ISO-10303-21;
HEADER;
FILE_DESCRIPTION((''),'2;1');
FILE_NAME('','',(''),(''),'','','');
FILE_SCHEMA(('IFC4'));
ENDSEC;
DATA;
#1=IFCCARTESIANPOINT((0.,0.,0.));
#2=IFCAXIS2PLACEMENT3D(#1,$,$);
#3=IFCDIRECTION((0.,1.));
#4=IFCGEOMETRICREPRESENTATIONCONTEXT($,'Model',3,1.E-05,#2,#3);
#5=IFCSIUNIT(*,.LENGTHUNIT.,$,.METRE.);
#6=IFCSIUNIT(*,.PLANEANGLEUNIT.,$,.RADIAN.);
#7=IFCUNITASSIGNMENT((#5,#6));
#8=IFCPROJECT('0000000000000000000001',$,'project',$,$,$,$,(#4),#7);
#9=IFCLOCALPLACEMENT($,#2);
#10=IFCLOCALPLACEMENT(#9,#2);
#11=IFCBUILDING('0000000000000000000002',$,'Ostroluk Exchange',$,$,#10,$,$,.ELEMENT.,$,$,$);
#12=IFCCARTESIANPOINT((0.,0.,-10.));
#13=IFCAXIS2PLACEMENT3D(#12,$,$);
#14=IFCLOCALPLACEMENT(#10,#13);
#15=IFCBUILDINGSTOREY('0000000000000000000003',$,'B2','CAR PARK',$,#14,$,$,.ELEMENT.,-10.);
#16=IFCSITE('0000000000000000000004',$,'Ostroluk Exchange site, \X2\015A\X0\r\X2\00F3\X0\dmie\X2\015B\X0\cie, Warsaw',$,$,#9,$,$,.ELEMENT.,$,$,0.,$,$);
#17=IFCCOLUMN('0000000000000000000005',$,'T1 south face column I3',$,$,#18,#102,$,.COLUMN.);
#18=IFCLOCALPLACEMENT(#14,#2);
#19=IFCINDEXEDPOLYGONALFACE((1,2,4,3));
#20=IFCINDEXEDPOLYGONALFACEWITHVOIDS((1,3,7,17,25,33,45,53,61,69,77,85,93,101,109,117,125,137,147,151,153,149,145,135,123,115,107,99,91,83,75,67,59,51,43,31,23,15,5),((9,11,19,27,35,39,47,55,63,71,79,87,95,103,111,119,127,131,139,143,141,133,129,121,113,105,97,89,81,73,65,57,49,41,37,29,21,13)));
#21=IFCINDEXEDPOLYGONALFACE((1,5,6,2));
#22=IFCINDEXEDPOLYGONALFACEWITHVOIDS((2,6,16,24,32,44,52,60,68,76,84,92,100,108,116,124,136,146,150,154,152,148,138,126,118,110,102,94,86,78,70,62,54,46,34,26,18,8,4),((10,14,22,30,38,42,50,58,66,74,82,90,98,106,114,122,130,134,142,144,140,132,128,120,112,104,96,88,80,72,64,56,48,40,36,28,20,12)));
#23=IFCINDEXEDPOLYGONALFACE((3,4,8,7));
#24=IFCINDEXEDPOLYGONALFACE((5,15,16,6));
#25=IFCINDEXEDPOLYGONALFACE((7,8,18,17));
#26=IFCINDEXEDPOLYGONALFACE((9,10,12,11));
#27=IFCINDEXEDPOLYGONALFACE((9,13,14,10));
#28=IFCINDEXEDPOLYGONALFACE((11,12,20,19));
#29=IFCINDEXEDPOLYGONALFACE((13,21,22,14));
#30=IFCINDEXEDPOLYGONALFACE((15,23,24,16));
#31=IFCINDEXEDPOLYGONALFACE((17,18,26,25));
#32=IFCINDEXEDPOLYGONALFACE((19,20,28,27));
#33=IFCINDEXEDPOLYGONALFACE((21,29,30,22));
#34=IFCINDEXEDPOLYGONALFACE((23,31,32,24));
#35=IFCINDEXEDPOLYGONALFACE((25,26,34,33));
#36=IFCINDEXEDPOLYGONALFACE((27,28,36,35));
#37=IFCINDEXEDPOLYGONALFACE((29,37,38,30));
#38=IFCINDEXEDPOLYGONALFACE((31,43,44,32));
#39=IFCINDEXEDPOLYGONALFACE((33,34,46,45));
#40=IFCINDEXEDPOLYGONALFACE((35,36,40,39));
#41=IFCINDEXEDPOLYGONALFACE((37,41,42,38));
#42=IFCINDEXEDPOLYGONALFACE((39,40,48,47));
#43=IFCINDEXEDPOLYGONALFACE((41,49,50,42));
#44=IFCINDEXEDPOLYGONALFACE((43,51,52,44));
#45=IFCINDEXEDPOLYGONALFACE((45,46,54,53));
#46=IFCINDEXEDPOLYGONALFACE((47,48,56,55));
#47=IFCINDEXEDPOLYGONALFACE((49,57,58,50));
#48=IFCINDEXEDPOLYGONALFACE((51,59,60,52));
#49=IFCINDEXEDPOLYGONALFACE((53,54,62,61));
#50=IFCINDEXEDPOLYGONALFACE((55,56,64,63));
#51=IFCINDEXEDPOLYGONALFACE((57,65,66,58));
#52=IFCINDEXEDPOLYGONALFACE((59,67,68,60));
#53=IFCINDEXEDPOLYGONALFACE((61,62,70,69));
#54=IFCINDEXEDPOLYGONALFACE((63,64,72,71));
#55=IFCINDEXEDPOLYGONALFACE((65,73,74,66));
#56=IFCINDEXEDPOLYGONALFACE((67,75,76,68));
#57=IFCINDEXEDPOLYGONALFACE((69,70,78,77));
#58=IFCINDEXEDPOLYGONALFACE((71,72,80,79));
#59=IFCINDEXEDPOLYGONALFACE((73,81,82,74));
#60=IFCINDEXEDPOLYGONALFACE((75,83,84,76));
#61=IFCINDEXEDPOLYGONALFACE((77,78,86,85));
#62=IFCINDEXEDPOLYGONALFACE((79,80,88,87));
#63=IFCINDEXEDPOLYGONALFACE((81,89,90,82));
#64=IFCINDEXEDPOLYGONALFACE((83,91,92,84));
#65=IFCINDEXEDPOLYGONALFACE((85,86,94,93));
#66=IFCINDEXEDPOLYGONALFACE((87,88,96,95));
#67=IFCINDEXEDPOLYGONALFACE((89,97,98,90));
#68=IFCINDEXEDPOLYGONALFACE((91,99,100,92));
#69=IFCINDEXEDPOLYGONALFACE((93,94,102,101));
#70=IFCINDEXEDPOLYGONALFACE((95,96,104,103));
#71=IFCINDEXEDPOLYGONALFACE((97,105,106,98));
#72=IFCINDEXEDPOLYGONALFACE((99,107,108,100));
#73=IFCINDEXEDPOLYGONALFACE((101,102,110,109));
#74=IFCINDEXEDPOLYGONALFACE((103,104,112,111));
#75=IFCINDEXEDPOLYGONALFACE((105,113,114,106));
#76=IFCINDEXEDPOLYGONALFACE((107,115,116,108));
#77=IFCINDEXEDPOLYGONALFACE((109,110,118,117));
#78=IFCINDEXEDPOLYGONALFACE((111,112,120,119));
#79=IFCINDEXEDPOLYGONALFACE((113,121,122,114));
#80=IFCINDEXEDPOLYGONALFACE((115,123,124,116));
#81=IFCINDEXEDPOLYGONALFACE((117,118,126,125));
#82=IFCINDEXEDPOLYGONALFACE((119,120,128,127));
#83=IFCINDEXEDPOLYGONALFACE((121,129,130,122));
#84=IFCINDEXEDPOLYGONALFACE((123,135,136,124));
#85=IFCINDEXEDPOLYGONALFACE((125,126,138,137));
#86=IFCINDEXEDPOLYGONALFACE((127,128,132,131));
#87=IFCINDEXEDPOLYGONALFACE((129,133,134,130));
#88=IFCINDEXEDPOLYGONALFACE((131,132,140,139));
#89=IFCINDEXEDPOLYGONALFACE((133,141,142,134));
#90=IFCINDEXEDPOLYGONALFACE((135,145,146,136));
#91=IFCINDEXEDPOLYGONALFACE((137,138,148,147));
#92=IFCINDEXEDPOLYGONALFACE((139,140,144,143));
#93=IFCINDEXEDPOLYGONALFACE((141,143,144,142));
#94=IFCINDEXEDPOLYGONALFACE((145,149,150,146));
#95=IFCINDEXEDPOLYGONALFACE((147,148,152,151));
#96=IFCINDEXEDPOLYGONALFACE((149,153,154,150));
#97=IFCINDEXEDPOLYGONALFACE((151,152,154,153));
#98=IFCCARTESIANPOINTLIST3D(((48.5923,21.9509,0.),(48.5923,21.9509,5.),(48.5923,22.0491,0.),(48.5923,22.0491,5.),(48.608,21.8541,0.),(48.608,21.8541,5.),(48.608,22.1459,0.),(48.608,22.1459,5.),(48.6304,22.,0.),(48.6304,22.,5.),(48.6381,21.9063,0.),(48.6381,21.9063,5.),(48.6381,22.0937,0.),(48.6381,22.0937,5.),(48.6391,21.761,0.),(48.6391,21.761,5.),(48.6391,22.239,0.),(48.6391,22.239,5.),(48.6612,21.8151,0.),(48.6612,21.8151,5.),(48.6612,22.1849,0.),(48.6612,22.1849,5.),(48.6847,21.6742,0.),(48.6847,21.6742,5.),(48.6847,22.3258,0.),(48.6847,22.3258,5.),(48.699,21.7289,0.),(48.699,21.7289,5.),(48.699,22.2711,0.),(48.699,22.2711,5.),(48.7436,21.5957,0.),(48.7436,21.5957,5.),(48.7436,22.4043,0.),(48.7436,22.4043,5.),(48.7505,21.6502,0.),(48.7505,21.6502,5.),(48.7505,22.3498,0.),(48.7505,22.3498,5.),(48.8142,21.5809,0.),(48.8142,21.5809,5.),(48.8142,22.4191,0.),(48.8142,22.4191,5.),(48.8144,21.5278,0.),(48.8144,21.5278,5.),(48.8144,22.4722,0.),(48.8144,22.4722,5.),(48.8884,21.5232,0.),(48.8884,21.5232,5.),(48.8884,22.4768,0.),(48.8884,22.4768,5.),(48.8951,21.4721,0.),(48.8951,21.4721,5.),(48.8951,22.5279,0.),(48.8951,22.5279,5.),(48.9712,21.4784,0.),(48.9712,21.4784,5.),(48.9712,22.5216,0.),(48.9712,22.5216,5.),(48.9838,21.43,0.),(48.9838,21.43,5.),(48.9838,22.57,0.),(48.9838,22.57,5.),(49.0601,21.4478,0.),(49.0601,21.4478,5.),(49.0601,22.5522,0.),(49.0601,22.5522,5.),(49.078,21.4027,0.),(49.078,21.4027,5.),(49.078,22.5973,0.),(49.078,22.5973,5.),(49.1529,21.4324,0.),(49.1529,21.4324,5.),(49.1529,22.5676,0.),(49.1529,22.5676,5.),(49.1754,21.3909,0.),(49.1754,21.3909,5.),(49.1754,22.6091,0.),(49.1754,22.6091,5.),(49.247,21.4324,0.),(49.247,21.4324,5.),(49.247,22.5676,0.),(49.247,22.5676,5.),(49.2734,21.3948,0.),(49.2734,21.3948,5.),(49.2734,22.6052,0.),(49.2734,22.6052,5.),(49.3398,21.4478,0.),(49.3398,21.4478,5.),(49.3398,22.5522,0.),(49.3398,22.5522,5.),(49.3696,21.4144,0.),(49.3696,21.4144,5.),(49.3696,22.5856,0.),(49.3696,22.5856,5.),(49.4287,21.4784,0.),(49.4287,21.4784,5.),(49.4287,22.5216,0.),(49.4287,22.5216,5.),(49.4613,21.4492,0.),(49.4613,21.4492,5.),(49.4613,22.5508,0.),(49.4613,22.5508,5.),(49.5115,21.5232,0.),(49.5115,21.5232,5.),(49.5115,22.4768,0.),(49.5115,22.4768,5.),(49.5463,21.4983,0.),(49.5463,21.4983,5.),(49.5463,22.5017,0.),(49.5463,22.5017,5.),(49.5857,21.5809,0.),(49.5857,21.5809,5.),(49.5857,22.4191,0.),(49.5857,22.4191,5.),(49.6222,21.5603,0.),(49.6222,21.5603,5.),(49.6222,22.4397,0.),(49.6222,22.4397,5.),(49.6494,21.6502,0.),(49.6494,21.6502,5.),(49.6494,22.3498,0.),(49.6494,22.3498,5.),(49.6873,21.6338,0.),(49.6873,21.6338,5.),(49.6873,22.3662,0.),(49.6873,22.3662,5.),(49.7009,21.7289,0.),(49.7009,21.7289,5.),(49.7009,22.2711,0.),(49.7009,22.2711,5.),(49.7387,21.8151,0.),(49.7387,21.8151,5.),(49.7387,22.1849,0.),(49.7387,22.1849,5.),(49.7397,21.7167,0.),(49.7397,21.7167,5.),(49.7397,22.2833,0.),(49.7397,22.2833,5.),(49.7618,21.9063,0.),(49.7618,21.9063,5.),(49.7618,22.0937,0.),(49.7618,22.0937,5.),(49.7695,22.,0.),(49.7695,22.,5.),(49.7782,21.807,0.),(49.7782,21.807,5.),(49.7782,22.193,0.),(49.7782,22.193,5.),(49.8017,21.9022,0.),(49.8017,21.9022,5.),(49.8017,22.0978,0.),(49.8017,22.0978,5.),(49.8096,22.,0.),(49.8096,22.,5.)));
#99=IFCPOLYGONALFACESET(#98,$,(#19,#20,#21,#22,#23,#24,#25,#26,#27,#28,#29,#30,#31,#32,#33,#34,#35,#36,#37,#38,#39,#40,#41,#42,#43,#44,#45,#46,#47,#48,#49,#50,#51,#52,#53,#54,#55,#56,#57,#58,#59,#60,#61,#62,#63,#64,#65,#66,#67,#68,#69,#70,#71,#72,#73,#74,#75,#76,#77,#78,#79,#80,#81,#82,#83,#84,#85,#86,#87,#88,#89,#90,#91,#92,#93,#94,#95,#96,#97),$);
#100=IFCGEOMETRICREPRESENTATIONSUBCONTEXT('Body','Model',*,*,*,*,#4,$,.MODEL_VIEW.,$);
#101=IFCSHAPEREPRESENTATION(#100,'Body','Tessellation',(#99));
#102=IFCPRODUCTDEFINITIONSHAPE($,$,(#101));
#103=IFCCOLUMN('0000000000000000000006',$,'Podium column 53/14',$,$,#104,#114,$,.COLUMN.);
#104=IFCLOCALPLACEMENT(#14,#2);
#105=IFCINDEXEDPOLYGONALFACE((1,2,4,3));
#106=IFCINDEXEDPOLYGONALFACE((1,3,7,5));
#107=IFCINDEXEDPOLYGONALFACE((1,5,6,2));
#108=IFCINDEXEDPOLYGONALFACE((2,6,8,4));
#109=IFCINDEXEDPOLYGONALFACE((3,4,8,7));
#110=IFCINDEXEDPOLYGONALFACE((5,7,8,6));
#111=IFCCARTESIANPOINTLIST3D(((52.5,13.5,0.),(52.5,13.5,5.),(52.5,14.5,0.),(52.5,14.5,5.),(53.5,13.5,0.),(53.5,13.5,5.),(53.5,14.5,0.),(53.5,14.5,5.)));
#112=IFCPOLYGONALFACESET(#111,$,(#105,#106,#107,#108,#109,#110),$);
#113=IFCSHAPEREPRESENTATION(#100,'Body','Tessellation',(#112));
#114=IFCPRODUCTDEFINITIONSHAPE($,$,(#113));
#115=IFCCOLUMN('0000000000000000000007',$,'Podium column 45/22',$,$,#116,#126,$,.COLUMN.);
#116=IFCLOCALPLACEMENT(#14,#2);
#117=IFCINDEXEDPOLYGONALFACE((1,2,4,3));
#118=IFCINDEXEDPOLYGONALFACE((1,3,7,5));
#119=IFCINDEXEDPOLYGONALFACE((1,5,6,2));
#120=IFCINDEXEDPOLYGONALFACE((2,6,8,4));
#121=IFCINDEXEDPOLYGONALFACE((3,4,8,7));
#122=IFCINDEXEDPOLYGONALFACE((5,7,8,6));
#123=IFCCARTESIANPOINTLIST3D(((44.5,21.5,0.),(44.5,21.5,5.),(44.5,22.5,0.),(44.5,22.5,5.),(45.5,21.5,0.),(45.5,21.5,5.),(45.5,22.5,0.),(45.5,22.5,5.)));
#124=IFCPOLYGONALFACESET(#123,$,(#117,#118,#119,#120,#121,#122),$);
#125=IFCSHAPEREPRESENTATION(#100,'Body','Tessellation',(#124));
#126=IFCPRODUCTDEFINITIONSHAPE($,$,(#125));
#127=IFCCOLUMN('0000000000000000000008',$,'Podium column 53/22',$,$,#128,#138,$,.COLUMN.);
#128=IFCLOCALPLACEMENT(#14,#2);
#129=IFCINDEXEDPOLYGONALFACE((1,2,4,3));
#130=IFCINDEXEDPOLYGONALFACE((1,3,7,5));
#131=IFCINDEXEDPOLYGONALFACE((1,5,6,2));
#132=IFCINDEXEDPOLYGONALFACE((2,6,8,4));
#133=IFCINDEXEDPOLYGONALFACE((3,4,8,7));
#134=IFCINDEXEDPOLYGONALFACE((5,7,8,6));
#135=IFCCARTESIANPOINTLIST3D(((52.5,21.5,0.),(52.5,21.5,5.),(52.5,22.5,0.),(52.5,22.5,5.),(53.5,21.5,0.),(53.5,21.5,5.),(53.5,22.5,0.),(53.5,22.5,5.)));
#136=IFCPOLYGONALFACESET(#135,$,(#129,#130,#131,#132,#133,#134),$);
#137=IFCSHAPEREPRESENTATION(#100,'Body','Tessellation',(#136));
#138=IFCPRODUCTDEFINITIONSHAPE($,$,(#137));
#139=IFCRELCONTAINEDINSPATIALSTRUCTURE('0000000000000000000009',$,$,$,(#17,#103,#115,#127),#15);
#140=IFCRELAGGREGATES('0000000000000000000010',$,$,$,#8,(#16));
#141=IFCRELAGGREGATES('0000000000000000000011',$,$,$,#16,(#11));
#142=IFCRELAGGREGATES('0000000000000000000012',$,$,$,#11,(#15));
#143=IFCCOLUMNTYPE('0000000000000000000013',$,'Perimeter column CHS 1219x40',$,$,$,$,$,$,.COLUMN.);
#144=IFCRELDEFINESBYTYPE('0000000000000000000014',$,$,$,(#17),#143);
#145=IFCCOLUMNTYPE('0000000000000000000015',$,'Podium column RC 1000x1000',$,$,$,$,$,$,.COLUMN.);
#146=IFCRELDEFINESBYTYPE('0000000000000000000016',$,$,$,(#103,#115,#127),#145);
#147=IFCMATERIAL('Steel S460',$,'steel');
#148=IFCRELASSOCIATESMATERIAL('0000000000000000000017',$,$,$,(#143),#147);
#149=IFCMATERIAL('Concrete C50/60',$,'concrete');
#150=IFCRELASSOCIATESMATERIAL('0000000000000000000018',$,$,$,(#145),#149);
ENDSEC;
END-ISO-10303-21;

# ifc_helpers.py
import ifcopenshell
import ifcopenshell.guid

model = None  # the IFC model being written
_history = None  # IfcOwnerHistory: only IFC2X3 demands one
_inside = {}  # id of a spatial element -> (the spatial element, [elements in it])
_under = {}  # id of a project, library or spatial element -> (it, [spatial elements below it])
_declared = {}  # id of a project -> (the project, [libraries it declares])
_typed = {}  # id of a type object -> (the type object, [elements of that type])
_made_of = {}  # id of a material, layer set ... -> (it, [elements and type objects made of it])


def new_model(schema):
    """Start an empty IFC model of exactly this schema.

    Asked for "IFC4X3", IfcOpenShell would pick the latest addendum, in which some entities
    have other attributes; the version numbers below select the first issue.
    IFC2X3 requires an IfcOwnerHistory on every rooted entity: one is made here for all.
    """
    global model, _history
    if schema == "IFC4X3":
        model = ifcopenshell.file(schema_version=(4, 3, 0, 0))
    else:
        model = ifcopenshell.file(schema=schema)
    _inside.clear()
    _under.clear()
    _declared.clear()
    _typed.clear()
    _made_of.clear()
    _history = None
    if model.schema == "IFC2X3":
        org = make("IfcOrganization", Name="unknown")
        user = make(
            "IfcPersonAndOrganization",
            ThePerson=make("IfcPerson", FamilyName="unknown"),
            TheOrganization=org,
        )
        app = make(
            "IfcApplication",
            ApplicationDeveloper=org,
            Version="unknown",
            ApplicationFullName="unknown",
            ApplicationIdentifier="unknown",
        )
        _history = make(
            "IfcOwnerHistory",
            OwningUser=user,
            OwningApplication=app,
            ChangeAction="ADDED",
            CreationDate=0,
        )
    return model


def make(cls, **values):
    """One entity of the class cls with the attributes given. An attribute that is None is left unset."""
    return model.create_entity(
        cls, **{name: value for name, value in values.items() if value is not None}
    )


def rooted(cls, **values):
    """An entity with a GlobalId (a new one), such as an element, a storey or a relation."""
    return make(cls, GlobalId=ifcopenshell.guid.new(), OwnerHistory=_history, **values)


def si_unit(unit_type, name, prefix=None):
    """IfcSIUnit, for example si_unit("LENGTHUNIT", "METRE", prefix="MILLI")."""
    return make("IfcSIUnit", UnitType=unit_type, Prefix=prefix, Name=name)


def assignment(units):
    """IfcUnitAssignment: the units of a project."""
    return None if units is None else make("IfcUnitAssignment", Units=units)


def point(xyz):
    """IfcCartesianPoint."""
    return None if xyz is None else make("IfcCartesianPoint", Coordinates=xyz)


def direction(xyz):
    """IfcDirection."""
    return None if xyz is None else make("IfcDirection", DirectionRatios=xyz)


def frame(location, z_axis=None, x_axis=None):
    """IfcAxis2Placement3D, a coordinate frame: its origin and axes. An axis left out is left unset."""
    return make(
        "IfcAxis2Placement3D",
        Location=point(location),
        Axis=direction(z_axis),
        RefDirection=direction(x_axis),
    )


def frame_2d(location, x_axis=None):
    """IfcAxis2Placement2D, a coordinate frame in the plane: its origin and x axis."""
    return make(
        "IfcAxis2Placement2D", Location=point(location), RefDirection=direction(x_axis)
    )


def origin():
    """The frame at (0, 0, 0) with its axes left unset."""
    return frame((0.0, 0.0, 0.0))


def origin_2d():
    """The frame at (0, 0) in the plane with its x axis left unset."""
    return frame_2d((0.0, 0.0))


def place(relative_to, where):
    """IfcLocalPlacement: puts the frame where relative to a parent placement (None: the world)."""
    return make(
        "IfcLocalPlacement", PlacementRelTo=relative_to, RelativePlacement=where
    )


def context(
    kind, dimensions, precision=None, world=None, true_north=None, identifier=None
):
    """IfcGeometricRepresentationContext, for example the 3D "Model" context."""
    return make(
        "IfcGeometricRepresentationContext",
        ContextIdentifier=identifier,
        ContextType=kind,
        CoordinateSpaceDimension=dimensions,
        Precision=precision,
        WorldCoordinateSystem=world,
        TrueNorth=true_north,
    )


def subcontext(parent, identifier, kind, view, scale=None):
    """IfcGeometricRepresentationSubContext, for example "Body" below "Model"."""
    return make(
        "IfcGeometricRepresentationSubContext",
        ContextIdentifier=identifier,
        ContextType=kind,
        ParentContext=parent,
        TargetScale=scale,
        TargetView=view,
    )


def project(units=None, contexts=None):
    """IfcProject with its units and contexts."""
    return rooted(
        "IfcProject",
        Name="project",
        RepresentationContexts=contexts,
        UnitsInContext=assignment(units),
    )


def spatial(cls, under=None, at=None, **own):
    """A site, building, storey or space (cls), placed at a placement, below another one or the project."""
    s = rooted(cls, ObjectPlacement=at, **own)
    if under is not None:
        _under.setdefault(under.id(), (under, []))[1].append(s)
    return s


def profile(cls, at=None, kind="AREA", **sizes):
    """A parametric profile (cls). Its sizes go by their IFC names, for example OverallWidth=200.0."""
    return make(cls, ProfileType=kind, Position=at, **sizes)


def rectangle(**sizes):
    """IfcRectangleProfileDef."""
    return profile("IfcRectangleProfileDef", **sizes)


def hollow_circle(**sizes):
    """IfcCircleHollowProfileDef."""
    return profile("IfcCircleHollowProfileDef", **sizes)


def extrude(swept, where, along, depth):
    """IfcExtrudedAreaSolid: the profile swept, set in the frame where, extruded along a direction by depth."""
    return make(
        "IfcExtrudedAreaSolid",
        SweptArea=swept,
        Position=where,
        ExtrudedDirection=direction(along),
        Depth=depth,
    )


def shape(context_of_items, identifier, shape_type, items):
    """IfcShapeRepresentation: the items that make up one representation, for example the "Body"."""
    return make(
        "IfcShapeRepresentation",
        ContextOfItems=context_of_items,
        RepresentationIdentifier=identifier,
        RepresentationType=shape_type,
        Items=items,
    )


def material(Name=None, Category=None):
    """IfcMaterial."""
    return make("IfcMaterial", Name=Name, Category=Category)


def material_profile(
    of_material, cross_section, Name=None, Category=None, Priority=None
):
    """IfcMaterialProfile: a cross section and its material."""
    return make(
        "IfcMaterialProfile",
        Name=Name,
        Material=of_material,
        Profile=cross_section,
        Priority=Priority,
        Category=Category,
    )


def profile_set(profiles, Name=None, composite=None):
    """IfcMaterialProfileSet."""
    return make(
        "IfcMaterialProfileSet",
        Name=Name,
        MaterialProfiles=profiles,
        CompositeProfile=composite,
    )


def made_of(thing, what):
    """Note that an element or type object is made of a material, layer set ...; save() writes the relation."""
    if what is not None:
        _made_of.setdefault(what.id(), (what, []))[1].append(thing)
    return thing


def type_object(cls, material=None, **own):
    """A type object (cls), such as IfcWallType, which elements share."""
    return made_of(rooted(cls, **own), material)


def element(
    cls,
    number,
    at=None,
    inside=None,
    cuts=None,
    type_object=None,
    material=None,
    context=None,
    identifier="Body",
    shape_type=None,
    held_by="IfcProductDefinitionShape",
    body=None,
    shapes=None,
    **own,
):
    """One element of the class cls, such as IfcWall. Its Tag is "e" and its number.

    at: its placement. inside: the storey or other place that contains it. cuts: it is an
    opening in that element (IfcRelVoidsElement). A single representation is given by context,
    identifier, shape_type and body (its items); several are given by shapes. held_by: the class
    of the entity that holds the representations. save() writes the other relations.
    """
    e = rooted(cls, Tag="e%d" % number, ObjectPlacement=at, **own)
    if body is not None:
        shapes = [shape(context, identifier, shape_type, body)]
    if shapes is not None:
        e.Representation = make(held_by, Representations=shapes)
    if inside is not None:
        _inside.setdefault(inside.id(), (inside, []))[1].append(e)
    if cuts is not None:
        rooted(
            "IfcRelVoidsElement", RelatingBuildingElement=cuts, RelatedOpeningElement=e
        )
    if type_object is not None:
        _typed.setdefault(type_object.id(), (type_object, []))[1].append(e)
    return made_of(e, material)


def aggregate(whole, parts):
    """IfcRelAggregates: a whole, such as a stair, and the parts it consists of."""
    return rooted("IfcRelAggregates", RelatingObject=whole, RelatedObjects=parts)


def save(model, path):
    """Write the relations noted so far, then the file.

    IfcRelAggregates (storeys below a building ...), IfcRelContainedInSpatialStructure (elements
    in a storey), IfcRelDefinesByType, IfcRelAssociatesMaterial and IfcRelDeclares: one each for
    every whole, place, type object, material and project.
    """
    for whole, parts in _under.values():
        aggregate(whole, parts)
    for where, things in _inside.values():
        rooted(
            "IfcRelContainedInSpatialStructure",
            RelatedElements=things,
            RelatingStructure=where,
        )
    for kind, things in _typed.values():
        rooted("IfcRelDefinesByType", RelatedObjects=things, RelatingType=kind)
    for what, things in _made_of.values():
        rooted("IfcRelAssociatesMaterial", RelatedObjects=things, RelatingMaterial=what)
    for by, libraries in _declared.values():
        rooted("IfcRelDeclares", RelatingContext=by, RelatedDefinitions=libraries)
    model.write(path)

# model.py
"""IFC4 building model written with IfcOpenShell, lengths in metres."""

from ifc_helpers import new_model, si_unit, direction, frame, origin, origin_2d, place, context, subcontext, project, spatial, rectangle, hollow_circle, extrude, material, material_profile, profile_set, type_object, element, save


model = new_model("IFC4")

# Units and contexts
model_context = context("Model", 3, precision=1e-05, world=origin(), true_north=direction((0.0, 1.0)))
body_context = subcontext(model_context, "Body", "Model", "MODEL_VIEW")
ifc_project = project(units=[si_unit("LENGTHUNIT", "METRE"), si_unit("PLANEANGLEUNIT", "RADIAN")], contexts=[model_context])

# Site, building, storey
site_placement = place(None, origin())
site = spatial("IfcSite", under=ifc_project, at=site_placement, Name="Ostroluk Exchange site, Śródmieście, Warsaw", CompositionType="ELEMENT", RefElevation=0.0)
building_placement = place(site_placement, origin())
building = spatial("IfcBuilding", under=site, at=building_placement, Name="Ostroluk Exchange", CompositionType="ELEMENT")
storey_placement = place(building_placement, frame((0.0, 0.0, -10.0)))
storey = spatial("IfcBuildingStorey", under=building, at=storey_placement, Name="B2", Description="CAR PARK", CompositionType="ELEMENT", Elevation=-10.0)

# Columns
ifc_material_1 = material(Name="Steel S460", Category="steel")
ifc_material_profile_1 = material_profile(ifc_material_1, hollow_circle(Radius=0.6096, WallThickness=0.04, at=origin_2d()), Name="CHS 1219x40")
ifc_profile_set_1 = profile_set([ifc_material_profile_1], Name="Steel S460")
column_type_1 = type_object("IfcColumnType", Name="Perimeter column CHS 1219x40", PredefinedType="COLUMN", material=ifc_profile_set_1)
for number, where, z_axis, x_axis, name in (
    (1, (49.2, 22.0, 0.0), (0.0, 0.0, 1.0), (1.0, 0.0, 0.0), "T1 south face column I3"),
):
    element("IfcColumn", number, at=place(storey_placement, frame(where, z_axis=z_axis, x_axis=x_axis)), inside=storey, type_object=column_type_1, Name=name, PredefinedType="COLUMN", context=body_context, shape_type="SweptSolid", body=[
        extrude(hollow_circle(Radius=0.6096, WallThickness=0.04, at=origin_2d()), origin(), (0.0, 0.0, 1.0), 5.0),
    ])
ifc_material_2 = material(Name="Concrete C50/60", Category="concrete")
ifc_material_profile_2 = material_profile(ifc_material_2, rectangle(XDim=1.0, YDim=1.0, at=origin_2d()), Name="RC 1000x1000")
ifc_profile_set_2 = profile_set([ifc_material_profile_2], Name="Concrete C50/60")
column_type_2 = type_object("IfcColumnType", Name="Podium column RC 1000x1000", PredefinedType="COLUMN", material=ifc_profile_set_2)
for number, where, z_axis, x_axis, name in (
    (2, (53.0, 14.0, 0.0), (0.0, 0.0, 1.0), (1.0, 0.0, 0.0), "Podium column 53/14"),
    (3, (45.0, 22.0, 0.0), (0.0, 0.0, 1.0), (1.0, 0.0, 0.0), "Podium column 45/22"),
    (4, (53.0, 22.0, 0.0), (0.0, 0.0, 1.0), (1.0, 0.0, 0.0), "Podium column 53/22"),
):
    element("IfcColumn", number, at=place(storey_placement, frame(where, z_axis=z_axis, x_axis=x_axis)), inside=storey, type_object=column_type_2, Name=name, PredefinedType="COLUMN", context=body_context, shape_type="SweptSolid", body=[
        extrude(rectangle(XDim=1.0, YDim=1.0, at=origin_2d()), origin(), (0.0, 0.0, 1.0), 5.0),
    ])

save(model, "model.ifc")
